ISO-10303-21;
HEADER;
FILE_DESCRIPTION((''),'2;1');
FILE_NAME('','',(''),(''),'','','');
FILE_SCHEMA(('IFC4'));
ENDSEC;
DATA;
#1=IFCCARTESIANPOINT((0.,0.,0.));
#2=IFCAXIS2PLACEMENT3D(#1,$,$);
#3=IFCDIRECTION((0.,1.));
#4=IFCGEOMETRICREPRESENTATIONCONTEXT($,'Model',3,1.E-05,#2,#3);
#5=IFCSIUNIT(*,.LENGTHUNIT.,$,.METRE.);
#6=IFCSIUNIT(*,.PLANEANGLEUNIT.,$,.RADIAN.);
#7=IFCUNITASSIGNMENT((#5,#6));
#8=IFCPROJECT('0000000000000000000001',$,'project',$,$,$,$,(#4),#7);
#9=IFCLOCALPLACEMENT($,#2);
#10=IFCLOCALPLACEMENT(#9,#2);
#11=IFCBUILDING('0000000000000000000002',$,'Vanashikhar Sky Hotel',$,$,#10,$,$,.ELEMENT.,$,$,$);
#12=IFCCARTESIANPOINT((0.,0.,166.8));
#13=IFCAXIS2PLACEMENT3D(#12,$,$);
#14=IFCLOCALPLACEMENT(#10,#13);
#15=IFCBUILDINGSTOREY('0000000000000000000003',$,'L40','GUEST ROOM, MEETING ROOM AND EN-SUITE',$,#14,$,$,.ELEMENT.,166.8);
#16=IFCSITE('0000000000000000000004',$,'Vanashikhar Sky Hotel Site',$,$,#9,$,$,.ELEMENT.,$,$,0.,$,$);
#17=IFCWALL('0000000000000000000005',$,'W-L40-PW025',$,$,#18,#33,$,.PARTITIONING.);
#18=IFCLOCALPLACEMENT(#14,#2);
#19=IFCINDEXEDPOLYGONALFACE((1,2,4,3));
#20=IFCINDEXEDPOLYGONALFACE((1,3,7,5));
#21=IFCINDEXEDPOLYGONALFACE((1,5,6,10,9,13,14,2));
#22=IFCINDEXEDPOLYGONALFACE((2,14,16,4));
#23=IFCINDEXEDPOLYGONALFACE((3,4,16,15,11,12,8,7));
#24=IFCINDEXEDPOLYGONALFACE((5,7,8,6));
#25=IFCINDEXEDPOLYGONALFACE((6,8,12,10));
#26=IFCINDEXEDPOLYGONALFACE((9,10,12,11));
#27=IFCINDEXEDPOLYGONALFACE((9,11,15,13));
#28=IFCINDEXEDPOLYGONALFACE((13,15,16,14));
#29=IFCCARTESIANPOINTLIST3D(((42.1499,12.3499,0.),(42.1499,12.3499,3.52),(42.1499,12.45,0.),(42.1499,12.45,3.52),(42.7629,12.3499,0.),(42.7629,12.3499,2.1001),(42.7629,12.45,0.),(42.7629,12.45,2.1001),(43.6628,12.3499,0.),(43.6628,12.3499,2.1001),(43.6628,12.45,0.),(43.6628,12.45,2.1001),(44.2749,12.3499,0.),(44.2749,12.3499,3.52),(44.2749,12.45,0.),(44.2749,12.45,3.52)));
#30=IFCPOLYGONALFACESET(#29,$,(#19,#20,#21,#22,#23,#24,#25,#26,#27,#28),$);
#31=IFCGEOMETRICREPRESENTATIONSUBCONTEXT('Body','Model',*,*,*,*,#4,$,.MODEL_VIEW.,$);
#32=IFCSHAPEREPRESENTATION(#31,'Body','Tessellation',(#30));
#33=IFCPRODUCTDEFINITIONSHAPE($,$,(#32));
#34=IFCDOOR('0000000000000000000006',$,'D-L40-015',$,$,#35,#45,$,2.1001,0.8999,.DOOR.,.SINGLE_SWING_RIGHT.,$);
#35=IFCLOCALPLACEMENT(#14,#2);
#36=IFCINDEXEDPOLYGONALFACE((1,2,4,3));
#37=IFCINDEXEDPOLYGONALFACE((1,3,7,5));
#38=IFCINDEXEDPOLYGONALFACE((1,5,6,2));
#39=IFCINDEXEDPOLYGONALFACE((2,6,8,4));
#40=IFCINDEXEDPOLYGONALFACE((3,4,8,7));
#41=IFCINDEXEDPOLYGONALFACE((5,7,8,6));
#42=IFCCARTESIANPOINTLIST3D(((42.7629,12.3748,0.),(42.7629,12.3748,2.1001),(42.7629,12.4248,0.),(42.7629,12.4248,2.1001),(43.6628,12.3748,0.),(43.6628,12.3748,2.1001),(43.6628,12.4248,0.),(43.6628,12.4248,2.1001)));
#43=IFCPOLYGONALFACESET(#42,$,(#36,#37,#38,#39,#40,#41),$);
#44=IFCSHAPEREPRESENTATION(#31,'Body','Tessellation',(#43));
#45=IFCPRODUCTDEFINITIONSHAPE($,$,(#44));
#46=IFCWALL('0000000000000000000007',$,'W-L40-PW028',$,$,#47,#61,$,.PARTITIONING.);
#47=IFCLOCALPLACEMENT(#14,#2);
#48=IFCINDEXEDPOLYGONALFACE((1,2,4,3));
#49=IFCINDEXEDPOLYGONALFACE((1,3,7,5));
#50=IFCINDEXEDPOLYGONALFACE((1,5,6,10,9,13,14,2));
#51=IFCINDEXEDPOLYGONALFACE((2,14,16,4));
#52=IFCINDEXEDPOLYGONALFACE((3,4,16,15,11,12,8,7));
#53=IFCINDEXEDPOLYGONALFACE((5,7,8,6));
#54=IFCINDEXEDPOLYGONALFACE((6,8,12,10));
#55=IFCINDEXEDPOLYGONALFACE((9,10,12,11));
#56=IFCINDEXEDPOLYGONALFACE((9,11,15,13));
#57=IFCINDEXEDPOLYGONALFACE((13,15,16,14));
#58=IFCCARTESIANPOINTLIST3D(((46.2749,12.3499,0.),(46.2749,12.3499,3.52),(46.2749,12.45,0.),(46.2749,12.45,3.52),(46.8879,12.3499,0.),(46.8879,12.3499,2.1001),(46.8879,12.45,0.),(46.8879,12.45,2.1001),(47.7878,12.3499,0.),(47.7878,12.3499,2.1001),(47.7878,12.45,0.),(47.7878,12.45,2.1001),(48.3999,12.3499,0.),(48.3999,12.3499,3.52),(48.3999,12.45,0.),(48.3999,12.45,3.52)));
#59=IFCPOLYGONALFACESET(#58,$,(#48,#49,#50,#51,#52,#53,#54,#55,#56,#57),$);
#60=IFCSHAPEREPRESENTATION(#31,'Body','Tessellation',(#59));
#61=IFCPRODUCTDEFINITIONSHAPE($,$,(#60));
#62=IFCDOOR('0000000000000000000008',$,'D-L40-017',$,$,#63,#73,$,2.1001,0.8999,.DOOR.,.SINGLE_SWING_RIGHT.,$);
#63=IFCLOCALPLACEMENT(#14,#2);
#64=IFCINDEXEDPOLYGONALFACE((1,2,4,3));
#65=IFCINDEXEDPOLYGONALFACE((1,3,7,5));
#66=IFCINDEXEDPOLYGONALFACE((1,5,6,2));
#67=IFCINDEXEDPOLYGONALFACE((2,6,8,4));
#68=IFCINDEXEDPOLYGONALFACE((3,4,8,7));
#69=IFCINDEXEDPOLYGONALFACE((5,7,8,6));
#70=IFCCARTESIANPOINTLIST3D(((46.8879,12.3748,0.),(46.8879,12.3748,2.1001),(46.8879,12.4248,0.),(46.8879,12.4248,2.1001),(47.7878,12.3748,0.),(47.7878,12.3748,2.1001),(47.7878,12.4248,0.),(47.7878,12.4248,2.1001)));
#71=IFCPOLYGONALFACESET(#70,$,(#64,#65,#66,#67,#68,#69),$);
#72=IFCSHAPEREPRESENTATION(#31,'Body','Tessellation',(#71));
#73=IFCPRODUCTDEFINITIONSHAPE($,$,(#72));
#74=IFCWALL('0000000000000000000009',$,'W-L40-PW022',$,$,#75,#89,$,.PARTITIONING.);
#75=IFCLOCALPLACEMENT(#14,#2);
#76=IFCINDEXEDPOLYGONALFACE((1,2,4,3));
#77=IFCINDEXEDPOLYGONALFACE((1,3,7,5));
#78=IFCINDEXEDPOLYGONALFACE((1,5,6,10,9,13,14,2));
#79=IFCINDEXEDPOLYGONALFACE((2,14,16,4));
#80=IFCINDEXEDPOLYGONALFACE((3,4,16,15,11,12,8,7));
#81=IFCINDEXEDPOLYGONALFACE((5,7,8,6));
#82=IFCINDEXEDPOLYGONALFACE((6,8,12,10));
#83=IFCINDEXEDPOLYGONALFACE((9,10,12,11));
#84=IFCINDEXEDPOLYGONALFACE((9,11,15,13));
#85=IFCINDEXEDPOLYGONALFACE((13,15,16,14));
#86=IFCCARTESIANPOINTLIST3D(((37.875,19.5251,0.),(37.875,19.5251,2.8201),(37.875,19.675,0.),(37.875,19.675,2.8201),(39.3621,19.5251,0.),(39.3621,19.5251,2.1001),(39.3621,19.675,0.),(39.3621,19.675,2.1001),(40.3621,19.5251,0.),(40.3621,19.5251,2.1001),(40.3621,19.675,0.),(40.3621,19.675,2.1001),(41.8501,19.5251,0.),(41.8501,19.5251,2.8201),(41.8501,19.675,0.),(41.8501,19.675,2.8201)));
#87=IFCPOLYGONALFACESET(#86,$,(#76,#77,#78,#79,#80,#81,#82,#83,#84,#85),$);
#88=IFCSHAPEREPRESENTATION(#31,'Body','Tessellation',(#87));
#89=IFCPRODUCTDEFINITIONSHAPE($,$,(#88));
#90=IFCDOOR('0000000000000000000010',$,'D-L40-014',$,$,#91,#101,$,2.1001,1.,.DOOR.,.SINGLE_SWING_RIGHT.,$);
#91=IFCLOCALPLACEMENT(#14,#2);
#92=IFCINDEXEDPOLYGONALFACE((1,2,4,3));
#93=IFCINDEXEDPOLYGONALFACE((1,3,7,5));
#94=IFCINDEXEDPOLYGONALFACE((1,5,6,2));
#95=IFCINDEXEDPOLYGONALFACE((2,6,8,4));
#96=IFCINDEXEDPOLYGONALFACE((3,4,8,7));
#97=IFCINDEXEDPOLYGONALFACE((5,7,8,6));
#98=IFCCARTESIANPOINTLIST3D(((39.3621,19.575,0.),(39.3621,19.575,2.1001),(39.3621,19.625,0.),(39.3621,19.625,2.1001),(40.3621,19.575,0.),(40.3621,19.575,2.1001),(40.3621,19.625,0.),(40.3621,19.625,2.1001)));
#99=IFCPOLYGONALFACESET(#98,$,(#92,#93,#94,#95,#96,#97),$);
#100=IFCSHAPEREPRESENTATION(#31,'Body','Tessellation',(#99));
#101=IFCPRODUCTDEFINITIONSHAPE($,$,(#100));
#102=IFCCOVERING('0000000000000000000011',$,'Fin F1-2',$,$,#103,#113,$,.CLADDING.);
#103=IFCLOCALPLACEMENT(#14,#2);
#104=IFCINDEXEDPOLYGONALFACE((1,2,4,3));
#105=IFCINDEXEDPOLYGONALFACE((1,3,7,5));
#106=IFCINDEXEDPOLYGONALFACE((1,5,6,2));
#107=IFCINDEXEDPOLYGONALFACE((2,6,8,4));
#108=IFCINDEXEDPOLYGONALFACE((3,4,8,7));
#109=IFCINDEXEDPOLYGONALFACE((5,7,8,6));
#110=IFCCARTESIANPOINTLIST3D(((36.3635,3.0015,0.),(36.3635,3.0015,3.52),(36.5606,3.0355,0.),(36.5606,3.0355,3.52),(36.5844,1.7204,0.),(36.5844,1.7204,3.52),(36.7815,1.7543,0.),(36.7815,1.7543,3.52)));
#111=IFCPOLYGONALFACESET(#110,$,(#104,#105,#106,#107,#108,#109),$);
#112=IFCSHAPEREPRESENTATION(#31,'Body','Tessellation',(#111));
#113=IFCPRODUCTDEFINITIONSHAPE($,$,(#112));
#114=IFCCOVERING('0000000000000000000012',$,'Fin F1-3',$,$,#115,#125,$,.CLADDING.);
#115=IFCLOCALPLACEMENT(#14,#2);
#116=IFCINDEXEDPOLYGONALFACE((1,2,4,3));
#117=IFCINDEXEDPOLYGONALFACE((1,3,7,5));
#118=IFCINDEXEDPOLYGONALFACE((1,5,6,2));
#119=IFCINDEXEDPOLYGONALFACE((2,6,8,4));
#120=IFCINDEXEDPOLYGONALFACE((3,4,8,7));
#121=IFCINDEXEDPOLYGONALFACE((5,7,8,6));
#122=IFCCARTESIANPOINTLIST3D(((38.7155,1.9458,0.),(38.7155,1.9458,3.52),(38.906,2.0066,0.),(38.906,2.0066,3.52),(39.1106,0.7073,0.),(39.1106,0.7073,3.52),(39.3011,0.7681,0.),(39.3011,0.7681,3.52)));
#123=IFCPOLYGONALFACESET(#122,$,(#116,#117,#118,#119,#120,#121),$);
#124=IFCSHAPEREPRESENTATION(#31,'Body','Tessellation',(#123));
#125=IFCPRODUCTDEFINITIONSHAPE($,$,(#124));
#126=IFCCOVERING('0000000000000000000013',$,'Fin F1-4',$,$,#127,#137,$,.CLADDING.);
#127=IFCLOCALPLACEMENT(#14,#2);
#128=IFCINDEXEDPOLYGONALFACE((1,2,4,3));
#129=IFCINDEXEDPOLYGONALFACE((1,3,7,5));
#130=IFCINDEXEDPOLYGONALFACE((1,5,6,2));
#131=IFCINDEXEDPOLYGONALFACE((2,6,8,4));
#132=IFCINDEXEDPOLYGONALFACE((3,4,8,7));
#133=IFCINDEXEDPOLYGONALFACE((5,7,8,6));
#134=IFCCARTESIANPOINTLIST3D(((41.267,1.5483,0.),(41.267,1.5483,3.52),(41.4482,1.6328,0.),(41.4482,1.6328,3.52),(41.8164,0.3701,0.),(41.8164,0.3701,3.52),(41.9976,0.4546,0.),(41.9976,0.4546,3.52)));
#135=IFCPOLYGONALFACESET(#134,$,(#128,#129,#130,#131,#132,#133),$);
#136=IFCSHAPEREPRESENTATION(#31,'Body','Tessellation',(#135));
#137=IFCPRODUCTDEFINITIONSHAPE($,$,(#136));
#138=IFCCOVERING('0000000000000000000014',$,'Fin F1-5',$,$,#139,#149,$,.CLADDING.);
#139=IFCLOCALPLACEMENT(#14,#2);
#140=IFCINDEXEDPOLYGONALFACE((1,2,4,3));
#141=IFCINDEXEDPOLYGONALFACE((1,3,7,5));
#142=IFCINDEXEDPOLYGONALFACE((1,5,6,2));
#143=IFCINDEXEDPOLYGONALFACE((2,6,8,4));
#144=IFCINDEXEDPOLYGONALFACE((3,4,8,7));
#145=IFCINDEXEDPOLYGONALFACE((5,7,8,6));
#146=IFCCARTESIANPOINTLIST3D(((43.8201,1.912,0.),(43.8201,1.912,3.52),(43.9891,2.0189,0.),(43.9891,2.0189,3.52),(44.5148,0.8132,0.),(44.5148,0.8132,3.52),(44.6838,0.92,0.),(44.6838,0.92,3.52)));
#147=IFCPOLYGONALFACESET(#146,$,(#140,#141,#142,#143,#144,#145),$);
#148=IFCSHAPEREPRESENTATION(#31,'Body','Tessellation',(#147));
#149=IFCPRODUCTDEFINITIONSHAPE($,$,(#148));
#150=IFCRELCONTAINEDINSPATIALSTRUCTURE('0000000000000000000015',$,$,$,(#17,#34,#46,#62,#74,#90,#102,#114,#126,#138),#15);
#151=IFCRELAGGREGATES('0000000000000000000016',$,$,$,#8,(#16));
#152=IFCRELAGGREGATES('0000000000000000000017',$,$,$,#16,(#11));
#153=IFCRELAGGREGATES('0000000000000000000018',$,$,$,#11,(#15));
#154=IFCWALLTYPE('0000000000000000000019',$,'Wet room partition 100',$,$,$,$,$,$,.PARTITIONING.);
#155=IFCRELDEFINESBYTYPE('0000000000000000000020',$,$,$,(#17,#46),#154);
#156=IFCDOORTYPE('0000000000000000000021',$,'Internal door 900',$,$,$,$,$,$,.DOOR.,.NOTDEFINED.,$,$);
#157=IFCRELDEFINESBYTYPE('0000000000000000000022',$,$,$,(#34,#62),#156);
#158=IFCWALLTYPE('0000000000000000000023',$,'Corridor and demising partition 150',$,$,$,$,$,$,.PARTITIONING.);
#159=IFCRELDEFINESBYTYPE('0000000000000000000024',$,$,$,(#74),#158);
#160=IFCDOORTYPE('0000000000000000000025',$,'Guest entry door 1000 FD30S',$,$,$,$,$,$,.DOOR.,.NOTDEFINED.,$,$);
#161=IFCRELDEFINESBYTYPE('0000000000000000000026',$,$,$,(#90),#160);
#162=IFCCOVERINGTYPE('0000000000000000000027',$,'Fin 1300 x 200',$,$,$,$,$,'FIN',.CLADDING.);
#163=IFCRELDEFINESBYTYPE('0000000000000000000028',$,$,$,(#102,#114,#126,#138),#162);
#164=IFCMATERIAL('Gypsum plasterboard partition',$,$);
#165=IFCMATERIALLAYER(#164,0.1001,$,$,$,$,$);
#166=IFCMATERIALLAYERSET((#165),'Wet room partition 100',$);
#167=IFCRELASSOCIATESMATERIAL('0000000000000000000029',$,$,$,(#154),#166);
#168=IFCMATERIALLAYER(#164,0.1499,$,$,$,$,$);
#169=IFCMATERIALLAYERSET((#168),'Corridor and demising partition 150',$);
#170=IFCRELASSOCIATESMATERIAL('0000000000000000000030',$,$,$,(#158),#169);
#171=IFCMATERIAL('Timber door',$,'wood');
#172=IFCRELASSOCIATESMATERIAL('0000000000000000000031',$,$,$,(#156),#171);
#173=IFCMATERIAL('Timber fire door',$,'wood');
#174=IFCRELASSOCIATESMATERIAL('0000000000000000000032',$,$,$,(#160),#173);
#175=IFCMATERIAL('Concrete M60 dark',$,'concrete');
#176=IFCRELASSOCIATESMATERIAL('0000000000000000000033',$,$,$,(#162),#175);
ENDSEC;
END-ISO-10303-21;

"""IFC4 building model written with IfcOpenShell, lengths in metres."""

from ifc_helpers import new_model, si_unit, direction, frame, frame_2d, origin, origin_2d, place, context, subcontext, project, spatial, rectangle, extrude, source, transform, mapped, material, layer, layer_set, material_profile, profile_set, type_object, element, fill, save


model = new_model("IFC4")

# Units and contexts
model_context = context("Model", 3, precision=1e-05, world=origin(), true_north=direction((0.0, 1.0)))
body_context = subcontext(model_context, "Body", "Model", "MODEL_VIEW")
ifc_project = project(units=[si_unit("LENGTHUNIT", "METRE"), si_unit("PLANEANGLEUNIT", "RADIAN")], contexts=[model_context])

# Site, building, storey
site_placement = place(None, origin())
site = spatial("IfcSite", under=ifc_project, at=site_placement, Name="Vanashikhar Sky Hotel Site", CompositionType="ELEMENT", RefElevation=0.0)
building_placement = place(site_placement, origin())
building = spatial("IfcBuilding", under=site, at=building_placement, Name="Vanashikhar Sky Hotel", CompositionType="ELEMENT")
storey_placement = place(building_placement, frame((0.0, 0.0, 166.8)))
storey = spatial("IfcBuildingStorey", under=building, at=storey_placement, Name="L40", Description="GUEST ROOM, MEETING ROOM AND EN-SUITE", CompositionType="ELEMENT", Elevation=166.8)

# Shared definitions
ifc_material_1 = material(Name="Gypsum plasterboard partition")
ifc_layer_1 = layer(ifc_material_1, 0.1001)
ifc_layer_set_1 = layer_set([ifc_layer_1], Name="Wet room partition 100")
wall_type_1 = type_object("IfcWallType", Name="Wet room partition 100", PredefinedType="PARTITIONING", material=ifc_layer_set_1)
ifc_layer_2 = layer(ifc_material_1, 0.1499)
ifc_layer_set_2 = layer_set([ifc_layer_2], Name="Corridor and demising partition 150")
wall_type_2 = type_object("IfcWallType", Name="Corridor and demising partition 150", PredefinedType="PARTITIONING", material=ifc_layer_set_2)

# Walls, openings, doors
shared_shape_1 = source(origin(), body_context, "Body", "SweptSolid", [
    extrude(rectangle(XDim=2.125, YDim=0.1001, at=frame_2d((1.0625, 0.0))), origin(), (0.0, 0.0, 1.0), 3.52),
])
wall_1_placement = place(storey_placement, frame((42.1499, 12.3999, 0.0), z_axis=(0.0, 0.0, 1.0), x_axis=(1.0, 0.0, 0.0)))
wall_1 = element("IfcWall", 1, at=wall_1_placement, inside=storey, type_object=wall_type_1, Name="W-L40-PW025", PredefinedType="PARTITIONING", context=body_context, shape_type="MappedRepresentation", body=[
    mapped(shared_shape_1, transform((0.0, 0.0, 0.0), scale=1.0)),
])
shared_shape_2 = source(origin(), body_context, "Body", "SweptSolid", [
    extrude(rectangle(XDim=0.8999, YDim=2.1001, at=frame_2d((0.45, 1.05))), frame((0.0, 0.0601, 0.0), z_axis=(0.0, -1.0, 0.0), x_axis=(1.0, 0.0, 0.0)), (0.0, 0.0, 1.0), 0.1201),
])
opening_1_placement = place(wall_1_placement, frame((0.613, 0.0, 0.0)))
opening_1 = element("IfcOpeningElement", 2, at=opening_1_placement, cuts=wall_1, PredefinedType="OPENING", context=body_context, shape_type="MappedRepresentation", body=[
    mapped(shared_shape_2, transform((0.0, 0.0, 0.0), scale=1.0)),
])
ifc_material_2 = material(Name="Timber door", Category="wood")
door_type_1 = type_object("IfcDoorType", Name="Internal door 900", OperationType="NOTDEFINED", PredefinedType="DOOR", material=ifc_material_2)
shared_shape_3 = source(origin(), body_context, "Body", "SweptSolid", [
    extrude(rectangle(XDim=0.8999, YDim=2.1001, at=frame_2d((0.45, 1.05))), frame((0.0, 0.0249, 0.0), z_axis=(0.0, -1.0, 0.0), x_axis=(1.0, 0.0, 0.0)), (0.0, 0.0, 1.0), 0.05),
])
door_1_placement = place(opening_1_placement, origin())
door_1 = element("IfcDoor", 3, at=door_1_placement, inside=storey, type_object=door_type_1, Name="D-L40-015", OperationType="SINGLE_SWING_RIGHT", OverallHeight=2.1001, OverallWidth=0.8999, PredefinedType="DOOR", context=body_context, shape_type="MappedRepresentation", body=[
    mapped(shared_shape_3, transform((0.0, 0.0, 0.0), scale=1.0)),
])
fill(opening_1, door_1)
wall_2_placement = place(storey_placement, frame((46.2749, 12.3999, 0.0), z_axis=(0.0, 0.0, 1.0), x_axis=(1.0, 0.0, 0.0)))
wall_2 = element("IfcWall", 4, at=wall_2_placement, inside=storey, type_object=wall_type_1, Name="W-L40-PW028", PredefinedType="PARTITIONING", context=body_context, shape_type="MappedRepresentation", body=[
    mapped(shared_shape_1, transform((0.0, 0.0, 0.0), scale=1.0)),
])
opening_2_placement = place(wall_2_placement, frame((0.613, 0.0, 0.0)))
opening_2 = element("IfcOpeningElement", 5, at=opening_2_placement, cuts=wall_2, PredefinedType="OPENING", context=body_context, shape_type="MappedRepresentation", body=[
    mapped(shared_shape_2, transform((0.0, 0.0, 0.0), scale=1.0)),
])
door_2_placement = place(opening_2_placement, origin())
door_2 = element("IfcDoor", 6, at=door_2_placement, inside=storey, type_object=door_type_1, Name="D-L40-017", OperationType="SINGLE_SWING_RIGHT", OverallHeight=2.1001, OverallWidth=0.8999, PredefinedType="DOOR", context=body_context, shape_type="MappedRepresentation", body=[
    mapped(shared_shape_3, transform((0.0, 0.0, 0.0), scale=1.0)),
])
fill(opening_2, door_2)
shared_shape_4 = source(origin(), body_context, "Body", "SweptSolid", [
    extrude(rectangle(XDim=3.9751, YDim=0.1499, at=frame_2d((1.9875, 0.0))), origin(), (0.0, 0.0, 1.0), 2.8201),
])
wall_3_placement = place(storey_placement, frame((37.875, 19.6001, 0.0), z_axis=(0.0, 0.0, 1.0), x_axis=(1.0, 0.0, 0.0)))
wall_3 = element("IfcWall", 7, at=wall_3_placement, inside=storey, type_object=wall_type_2, Name="W-L40-PW022", PredefinedType="PARTITIONING", context=body_context, shape_type="MappedRepresentation", body=[
    mapped(shared_shape_4, transform((0.0, 0.0, 0.0), scale=1.0)),
])
shared_shape_5 = source(origin(), body_context, "Body", "SweptSolid", [
    extrude(rectangle(XDim=1.0, YDim=2.1001, at=frame_2d((0.5, 1.05))), frame((0.0, 0.085, 0.0), z_axis=(0.0, -1.0, 0.0), x_axis=(1.0, 0.0, 0.0)), (0.0, 0.0, 1.0), 0.1699),
])
opening_3_placement = place(wall_3_placement, frame((1.4871, 0.0, 0.0)))
opening_3 = element("IfcOpeningElement", 8, at=opening_3_placement, cuts=wall_3, PredefinedType="OPENING", context=body_context, shape_type="MappedRepresentation", body=[
    mapped(shared_shape_5, transform((0.0, 0.0, 0.0), scale=1.0)),
])
ifc_material_3 = material(Name="Timber fire door", Category="wood")
door_type_2 = type_object("IfcDoorType", Name="Guest entry door 1000 FD30S", OperationType="NOTDEFINED", PredefinedType="DOOR", material=ifc_material_3)
shared_shape_6 = source(origin(), body_context, "Body", "SweptSolid", [
    extrude(rectangle(XDim=1.0, YDim=2.1001, at=frame_2d((0.5, 1.05))), frame((0.0, 0.0249, 0.0), z_axis=(0.0, -1.0, 0.0), x_axis=(1.0, 0.0, 0.0)), (0.0, 0.0, 1.0), 0.05),
])
door_3_placement = place(opening_3_placement, origin())
door_3 = element("IfcDoor", 9, at=door_3_placement, inside=storey, type_object=door_type_2, Name="D-L40-014", OperationType="SINGLE_SWING_RIGHT", OverallHeight=2.1001, OverallWidth=1.0, PredefinedType="DOOR", context=body_context, shape_type="MappedRepresentation", body=[
    mapped(shared_shape_6, transform((0.0, 0.0, 0.0), scale=1.0)),
])
fill(opening_3, door_3)

# Coverings
ifc_material_4 = material(Name="Concrete M60 dark", Category="concrete")
ifc_material_profile_1 = material_profile(ifc_material_4, rectangle(XDim=1.3, YDim=0.2, at=origin_2d()))
ifc_profile_set_1 = profile_set([ifc_material_profile_1], Name="Fin 1300 x 200")
covering_type = type_object("IfcCoveringType", Name="Fin 1300 x 200", ElementType="FIN", PredefinedType="CLADDING", material=ifc_profile_set_1)
shared_shape_7 = source(origin(), body_context, "Body", "SweptSolid", [
    extrude(rectangle(XDim=1.3, YDim=0.2, at=origin_2d()), origin(), (0.0, 0.0, 1.0), 3.52),
])
for number, where, z_axis, x_axis, name in (
    (10, (36.5725, 2.3779, 0.0), (0.0, 0.0, 1.0), (0.1699, -0.985461, 0.0), "Fin F1-2"),
    (11, (39.0083, 1.3569, 0.0), (0.0, 0.0, 1.0), (0.303967, -0.952683, 0.0), "Fin F1-3"),
    (12, (41.6323, 1.0015, 0.0), (0.0, 0.0, 1.0), (0.422618, -0.906308, 0.0), "Fin F1-4"),
    (13, (44.252, 1.416, 0.0), (0.0, 0.0, 1.0), (0.534411, -0.845225, 0.0), "Fin F1-5"),
):
    element("IfcCovering", number, at=place(storey_placement, frame(where, z_axis=z_axis, x_axis=x_axis)), inside=storey, type_object=covering_type, Name=name, PredefinedType="CLADDING", context=body_context, shape_type="MappedRepresentation", body=[
        mapped(shared_shape_7, transform((0.0, 0.0, 0.0), scale=1.0)),
    ])

save(model, "model.ifc")
